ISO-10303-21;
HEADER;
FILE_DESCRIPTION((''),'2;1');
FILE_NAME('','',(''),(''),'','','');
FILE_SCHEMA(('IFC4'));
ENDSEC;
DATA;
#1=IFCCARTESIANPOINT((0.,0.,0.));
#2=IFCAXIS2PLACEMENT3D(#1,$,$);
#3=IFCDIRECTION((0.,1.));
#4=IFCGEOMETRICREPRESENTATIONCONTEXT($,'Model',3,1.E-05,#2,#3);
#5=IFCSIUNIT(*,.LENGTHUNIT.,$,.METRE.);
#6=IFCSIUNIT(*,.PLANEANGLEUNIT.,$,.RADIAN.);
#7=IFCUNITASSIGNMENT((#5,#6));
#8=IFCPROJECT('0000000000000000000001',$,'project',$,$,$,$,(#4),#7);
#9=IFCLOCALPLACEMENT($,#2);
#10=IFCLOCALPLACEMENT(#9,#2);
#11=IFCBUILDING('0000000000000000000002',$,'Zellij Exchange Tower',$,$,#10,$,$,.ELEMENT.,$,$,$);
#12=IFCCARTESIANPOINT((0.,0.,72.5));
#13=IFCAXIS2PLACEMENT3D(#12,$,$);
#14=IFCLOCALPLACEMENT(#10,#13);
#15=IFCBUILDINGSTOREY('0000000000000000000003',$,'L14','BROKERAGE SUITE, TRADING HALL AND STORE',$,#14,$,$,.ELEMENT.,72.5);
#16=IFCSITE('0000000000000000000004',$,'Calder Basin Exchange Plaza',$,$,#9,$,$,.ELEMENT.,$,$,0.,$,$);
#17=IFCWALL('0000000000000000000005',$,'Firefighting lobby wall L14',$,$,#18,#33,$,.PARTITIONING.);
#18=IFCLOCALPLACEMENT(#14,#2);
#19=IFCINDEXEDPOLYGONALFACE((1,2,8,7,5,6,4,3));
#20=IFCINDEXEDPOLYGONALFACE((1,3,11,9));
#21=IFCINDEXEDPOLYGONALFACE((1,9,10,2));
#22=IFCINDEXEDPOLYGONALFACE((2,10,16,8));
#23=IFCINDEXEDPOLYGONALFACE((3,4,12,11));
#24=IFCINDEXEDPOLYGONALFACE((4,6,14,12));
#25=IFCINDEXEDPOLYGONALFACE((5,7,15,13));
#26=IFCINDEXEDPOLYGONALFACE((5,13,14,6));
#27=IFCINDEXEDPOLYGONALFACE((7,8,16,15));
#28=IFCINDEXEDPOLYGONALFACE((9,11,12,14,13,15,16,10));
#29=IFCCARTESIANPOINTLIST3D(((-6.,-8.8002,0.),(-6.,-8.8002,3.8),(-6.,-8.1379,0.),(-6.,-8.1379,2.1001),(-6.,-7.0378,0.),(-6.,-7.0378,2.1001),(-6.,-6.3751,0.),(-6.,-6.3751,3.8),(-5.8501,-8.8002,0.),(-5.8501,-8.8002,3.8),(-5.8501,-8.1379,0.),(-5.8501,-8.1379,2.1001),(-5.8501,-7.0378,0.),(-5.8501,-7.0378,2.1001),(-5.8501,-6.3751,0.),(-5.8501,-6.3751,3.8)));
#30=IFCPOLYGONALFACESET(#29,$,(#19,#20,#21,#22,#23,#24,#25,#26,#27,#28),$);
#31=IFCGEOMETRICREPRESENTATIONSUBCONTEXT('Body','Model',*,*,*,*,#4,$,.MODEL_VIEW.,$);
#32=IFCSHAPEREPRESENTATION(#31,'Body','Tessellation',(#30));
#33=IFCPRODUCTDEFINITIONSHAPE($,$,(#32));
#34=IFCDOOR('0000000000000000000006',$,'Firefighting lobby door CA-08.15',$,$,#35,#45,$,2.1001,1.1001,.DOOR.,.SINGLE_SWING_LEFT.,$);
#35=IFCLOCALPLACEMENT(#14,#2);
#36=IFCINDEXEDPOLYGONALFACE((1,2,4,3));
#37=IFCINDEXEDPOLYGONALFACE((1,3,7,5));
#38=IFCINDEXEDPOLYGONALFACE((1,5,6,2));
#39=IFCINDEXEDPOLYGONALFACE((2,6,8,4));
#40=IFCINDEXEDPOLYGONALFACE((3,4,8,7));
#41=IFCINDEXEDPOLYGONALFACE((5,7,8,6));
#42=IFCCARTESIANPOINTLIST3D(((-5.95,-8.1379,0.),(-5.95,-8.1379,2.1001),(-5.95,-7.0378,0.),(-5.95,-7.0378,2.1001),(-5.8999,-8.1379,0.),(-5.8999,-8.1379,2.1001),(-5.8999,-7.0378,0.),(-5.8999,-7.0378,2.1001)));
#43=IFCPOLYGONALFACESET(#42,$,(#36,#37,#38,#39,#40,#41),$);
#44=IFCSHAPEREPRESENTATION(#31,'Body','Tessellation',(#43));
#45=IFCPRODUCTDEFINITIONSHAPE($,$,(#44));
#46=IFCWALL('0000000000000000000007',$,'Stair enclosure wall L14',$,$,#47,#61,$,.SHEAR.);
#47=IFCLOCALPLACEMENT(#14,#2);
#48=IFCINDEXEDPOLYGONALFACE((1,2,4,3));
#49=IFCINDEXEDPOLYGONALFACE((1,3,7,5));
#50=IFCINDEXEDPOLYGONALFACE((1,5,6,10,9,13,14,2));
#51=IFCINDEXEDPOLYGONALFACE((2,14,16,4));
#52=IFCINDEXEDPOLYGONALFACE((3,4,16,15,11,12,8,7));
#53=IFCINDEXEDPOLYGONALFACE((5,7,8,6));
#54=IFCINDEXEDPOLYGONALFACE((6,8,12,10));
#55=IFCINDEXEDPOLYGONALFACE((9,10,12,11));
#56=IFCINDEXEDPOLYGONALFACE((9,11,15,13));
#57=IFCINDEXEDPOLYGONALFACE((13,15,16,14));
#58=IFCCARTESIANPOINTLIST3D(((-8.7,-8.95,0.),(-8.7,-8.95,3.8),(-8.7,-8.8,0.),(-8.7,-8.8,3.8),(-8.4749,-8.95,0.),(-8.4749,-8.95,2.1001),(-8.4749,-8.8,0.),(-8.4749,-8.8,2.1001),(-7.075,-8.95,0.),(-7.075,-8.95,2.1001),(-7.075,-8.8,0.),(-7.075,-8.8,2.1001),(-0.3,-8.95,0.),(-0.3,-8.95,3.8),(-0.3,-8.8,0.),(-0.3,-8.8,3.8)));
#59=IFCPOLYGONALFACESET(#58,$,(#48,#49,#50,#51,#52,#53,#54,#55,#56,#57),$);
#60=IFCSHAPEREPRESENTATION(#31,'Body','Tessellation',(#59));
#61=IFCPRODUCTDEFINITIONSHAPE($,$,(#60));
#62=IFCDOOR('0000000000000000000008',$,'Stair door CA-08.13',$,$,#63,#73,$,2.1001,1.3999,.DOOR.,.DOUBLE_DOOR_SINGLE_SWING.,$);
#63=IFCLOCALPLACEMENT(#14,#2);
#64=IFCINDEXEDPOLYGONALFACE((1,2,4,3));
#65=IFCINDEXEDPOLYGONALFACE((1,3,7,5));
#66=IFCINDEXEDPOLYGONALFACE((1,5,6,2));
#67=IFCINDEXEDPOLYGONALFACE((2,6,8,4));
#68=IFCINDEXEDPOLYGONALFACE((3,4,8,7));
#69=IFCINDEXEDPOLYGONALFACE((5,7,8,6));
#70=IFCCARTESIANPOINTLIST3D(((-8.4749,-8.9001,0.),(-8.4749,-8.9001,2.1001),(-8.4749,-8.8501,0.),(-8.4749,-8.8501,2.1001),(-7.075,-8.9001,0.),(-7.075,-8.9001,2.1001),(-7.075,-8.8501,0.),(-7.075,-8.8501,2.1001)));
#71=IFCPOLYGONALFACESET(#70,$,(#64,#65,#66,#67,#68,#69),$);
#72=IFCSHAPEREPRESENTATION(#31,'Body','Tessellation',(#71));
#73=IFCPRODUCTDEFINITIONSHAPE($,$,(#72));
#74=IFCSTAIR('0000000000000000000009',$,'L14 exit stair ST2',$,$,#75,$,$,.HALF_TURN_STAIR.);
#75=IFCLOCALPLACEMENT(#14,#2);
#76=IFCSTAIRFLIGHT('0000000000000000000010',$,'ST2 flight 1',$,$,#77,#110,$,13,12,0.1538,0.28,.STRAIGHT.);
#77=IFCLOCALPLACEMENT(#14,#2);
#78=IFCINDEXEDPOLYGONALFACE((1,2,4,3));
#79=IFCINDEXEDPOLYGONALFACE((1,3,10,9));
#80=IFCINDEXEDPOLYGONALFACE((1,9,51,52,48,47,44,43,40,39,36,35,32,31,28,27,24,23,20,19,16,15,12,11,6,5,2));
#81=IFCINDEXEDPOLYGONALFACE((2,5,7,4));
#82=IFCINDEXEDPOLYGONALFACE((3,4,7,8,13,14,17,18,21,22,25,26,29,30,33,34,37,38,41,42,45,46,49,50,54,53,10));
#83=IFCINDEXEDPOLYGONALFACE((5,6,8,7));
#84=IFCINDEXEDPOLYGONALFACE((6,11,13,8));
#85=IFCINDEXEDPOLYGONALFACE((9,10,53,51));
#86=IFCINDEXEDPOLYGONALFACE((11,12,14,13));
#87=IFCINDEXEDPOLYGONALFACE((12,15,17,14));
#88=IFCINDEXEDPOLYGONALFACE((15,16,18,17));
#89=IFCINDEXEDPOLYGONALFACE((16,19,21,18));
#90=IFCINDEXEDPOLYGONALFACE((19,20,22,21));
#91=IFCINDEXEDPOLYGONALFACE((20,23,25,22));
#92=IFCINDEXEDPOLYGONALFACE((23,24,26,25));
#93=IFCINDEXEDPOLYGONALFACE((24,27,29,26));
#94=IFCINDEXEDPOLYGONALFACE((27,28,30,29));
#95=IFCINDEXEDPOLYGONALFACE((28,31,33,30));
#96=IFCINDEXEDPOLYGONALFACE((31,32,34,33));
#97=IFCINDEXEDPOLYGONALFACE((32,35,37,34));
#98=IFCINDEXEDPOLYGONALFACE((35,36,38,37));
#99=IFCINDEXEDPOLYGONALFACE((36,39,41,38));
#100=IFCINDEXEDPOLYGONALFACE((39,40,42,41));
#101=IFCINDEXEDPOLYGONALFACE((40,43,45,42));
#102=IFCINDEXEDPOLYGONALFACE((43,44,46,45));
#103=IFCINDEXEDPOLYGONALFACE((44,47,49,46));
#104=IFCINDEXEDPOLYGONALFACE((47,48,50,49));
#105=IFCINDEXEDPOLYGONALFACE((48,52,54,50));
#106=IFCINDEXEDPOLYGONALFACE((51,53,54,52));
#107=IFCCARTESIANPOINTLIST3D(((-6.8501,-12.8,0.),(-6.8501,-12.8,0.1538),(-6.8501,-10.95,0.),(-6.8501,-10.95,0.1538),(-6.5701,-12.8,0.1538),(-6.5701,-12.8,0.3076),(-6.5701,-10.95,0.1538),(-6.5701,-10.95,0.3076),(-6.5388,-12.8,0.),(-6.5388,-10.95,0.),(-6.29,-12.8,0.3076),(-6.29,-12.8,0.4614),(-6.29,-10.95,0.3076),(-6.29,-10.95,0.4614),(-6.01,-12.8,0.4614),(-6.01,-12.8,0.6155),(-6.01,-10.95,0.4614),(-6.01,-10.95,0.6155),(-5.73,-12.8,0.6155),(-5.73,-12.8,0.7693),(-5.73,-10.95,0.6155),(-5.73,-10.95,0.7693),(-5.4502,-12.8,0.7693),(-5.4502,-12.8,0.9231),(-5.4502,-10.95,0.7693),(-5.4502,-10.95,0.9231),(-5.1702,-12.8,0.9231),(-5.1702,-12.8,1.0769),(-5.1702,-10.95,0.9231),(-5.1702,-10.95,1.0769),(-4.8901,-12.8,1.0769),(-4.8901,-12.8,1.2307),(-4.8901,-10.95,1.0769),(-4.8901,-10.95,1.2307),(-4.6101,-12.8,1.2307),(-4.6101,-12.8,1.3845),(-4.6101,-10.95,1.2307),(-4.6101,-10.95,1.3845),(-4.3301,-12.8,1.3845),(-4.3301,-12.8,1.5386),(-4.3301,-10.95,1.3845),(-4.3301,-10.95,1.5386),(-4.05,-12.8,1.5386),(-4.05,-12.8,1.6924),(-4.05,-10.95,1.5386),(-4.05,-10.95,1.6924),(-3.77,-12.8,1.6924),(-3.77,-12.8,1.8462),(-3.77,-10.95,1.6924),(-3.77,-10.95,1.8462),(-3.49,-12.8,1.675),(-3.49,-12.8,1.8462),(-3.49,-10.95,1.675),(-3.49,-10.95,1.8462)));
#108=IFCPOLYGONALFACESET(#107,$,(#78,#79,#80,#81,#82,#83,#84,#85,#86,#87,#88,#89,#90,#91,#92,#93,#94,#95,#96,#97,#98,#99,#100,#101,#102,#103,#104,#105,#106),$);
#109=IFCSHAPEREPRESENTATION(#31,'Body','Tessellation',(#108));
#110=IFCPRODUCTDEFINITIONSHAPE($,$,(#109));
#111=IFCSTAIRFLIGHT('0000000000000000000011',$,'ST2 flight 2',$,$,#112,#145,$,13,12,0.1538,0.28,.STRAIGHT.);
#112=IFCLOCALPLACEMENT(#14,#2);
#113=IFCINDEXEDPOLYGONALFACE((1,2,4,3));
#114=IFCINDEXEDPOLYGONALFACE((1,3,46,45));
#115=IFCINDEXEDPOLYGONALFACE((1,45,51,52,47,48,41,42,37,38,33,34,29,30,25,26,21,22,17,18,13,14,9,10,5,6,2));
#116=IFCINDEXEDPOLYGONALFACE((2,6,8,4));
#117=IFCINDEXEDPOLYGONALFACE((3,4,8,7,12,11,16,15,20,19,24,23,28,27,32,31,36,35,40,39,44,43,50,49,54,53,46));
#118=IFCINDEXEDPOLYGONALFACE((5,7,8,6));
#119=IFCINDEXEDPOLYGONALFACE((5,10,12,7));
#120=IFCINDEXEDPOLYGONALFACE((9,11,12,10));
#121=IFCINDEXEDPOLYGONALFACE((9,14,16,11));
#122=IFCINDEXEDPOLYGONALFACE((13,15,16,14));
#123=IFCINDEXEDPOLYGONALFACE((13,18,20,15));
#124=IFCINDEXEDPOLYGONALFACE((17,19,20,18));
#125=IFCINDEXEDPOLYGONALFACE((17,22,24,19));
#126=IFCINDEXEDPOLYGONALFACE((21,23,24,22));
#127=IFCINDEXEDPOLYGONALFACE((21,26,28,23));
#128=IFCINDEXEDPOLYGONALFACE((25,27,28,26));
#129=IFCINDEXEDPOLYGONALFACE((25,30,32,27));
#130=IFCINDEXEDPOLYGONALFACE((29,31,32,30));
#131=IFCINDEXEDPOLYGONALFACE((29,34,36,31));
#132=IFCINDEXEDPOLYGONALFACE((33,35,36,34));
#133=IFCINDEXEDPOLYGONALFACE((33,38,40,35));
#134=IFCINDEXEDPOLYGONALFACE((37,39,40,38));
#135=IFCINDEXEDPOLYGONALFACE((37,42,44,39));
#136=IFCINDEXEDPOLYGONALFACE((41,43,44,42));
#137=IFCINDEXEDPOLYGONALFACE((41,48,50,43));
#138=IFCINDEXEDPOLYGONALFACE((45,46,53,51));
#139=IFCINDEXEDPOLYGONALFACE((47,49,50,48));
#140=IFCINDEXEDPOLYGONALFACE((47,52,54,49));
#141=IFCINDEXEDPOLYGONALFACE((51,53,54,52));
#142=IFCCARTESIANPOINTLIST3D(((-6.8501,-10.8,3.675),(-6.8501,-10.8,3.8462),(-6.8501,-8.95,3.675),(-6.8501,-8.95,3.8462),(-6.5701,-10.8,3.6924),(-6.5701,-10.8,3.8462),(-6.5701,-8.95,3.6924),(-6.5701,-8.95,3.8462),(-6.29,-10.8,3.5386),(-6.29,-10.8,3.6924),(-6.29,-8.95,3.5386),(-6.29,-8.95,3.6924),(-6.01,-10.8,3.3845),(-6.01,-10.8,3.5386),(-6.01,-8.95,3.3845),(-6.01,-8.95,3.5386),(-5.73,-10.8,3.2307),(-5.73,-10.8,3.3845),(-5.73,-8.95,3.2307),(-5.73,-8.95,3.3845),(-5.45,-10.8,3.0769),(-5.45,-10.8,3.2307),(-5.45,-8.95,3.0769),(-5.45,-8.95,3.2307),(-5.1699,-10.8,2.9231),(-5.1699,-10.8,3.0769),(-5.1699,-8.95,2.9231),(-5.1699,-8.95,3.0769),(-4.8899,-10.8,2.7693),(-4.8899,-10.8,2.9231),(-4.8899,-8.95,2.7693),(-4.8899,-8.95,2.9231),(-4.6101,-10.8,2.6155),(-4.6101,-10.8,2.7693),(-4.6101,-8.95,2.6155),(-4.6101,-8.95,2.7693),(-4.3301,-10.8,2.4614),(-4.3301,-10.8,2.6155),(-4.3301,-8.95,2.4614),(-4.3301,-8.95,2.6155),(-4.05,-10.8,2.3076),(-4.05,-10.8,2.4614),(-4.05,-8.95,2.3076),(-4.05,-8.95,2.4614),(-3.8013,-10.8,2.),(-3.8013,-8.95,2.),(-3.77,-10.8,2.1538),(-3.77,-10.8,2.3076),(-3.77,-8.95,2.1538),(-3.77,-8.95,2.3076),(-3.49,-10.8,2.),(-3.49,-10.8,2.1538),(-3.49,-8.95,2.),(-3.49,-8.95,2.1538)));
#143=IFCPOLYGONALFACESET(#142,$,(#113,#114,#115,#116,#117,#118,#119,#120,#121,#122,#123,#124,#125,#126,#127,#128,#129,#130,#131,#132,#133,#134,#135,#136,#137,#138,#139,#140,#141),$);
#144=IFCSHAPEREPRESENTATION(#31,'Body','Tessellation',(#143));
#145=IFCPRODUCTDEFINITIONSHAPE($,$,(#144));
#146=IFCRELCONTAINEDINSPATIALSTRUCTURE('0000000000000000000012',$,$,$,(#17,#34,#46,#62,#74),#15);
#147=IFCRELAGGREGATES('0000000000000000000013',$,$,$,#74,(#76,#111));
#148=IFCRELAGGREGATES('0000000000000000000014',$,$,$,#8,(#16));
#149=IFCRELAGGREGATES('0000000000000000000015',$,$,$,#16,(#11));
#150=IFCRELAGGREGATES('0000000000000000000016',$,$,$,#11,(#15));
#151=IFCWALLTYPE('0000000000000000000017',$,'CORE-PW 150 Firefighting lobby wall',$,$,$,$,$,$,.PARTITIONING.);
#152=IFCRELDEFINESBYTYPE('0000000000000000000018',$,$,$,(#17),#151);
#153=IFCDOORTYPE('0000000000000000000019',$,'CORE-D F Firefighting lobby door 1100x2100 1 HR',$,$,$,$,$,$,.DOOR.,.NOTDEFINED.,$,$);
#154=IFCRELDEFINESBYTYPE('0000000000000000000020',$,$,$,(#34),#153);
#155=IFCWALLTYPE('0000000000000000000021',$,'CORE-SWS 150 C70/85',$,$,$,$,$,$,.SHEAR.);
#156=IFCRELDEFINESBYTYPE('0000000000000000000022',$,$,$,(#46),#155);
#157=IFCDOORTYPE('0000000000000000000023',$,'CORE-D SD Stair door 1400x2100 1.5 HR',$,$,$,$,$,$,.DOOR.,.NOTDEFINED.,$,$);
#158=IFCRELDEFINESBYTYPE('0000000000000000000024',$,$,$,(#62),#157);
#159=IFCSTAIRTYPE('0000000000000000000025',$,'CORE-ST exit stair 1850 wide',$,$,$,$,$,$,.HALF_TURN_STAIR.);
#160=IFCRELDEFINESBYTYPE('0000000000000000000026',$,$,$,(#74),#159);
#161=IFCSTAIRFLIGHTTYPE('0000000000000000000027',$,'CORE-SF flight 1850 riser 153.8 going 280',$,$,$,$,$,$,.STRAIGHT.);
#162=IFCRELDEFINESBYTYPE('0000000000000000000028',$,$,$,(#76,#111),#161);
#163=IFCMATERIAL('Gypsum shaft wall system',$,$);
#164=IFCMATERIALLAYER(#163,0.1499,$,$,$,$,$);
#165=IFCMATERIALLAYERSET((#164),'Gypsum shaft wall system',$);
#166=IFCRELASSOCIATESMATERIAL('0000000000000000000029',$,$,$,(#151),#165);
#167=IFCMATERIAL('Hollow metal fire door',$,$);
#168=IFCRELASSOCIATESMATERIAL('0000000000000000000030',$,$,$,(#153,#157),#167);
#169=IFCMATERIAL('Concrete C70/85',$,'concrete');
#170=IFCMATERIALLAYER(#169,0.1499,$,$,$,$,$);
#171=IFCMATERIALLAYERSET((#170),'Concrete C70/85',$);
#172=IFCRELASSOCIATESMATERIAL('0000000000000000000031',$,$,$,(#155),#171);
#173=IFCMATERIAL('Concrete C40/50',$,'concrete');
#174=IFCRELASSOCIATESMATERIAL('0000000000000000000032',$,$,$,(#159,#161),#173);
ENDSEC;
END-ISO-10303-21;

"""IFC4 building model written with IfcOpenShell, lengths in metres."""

from ifc_helpers import new_model, si_unit, direction, frame, frame_2d, origin, place, context, subcontext, project, spatial, polyline, rectangle, outline, extrude, material, layer, layer_set, type_object, element, fill, aggregate, save


model = new_model("IFC4")

# Units and contexts
model_context = context("Model", 3, precision=1e-05, world=origin(), true_north=direction((0.0, 1.0)))
body_context = subcontext(model_context, "Body", "Model", "MODEL_VIEW")
ifc_project = project(units=[si_unit("LENGTHUNIT", "METRE"), si_unit("PLANEANGLEUNIT", "RADIAN")], contexts=[model_context])

# Site, building, storey
site_placement = place(None, origin())
site = spatial("IfcSite", under=ifc_project, at=site_placement, Name="Calder Basin Exchange Plaza", CompositionType="ELEMENT", RefElevation=0.0)
building_placement = place(site_placement, origin())
building = spatial("IfcBuilding", under=site, at=building_placement, Name="Zellij Exchange Tower", CompositionType="ELEMENT")
storey_placement = place(building_placement, frame((0.0, 0.0, 72.5)))
storey = spatial("IfcBuildingStorey", under=building, at=storey_placement, Name="L14", Description="BROKERAGE SUITE, TRADING HALL AND STORE", CompositionType="ELEMENT", Elevation=72.5)

# Shared definitions
ifc_material_1 = material(Name="Concrete C70/85", Category="concrete")

# Walls, openings, doors
ifc_material_2 = material(Name="Gypsum shaft wall system")
ifc_layer_1 = layer(ifc_material_2, 0.1499)
ifc_layer_set_1 = layer_set([ifc_layer_1], Name="Gypsum shaft wall system")
wall_type_1 = type_object("IfcWallType", Name="CORE-PW 150 Firefighting lobby wall", PredefinedType="PARTITIONING", material=ifc_layer_set_1)
wall_1_placement = place(storey_placement, frame((-5.925, -8.8, 0.0), z_axis=(0.0, 0.0, 1.0), x_axis=(0.0, 1.0, 0.0)))
wall_1 = element("IfcWall", 1, at=wall_1_placement, inside=storey, type_object=wall_type_1, Name="Firefighting lobby wall L14", PredefinedType="PARTITIONING", context=body_context, shape_type="SweptSolid", body=[
    extrude(rectangle(XDim=2.425, YDim=0.1499, at=frame_2d((1.2124, 0.0))), origin(), (0.0, 0.0, 1.0), 3.8),
])
opening_1_placement = place(wall_1_placement, frame((0.6621, 0.0, 0.0)))
opening_1 = element("IfcOpeningElement", 2, at=opening_1_placement, cuts=wall_1, PredefinedType="OPENING", context=body_context, shape_type="SweptSolid", body=[
    extrude(rectangle(XDim=1.1001, YDim=2.1001, at=frame_2d((0.55, 1.05))), frame((0.0, 0.0869, 0.0), z_axis=(0.0, -1.0, 0.0), x_axis=(1.0, 0.0, 0.0)), (0.0, 0.0, 1.0), 0.1738),
])
ifc_material_3 = material(Name="Hollow metal fire door")
door_type_1 = type_object("IfcDoorType", Name="CORE-D F Firefighting lobby door 1100x2100 1 HR", OperationType="NOTDEFINED", PredefinedType="DOOR", material=ifc_material_3)
door_1_placement = place(opening_1_placement, origin())
door_1 = element("IfcDoor", 3, at=door_1_placement, inside=storey, type_object=door_type_1, Name="Firefighting lobby door CA-08.15", OperationType="SINGLE_SWING_LEFT", OverallHeight=2.1001, OverallWidth=1.1001, PredefinedType="DOOR", context=body_context, shape_type="SweptSolid", body=[
    extrude(rectangle(XDim=1.1001, YDim=2.1001, at=frame_2d((0.55, 1.05))), frame((0.0, 0.0249, 0.0), z_axis=(0.0, -1.0, 0.0), x_axis=(1.0, 0.0, 0.0)), (0.0, 0.0, 1.0), 0.05),
])
fill(opening_1, door_1)
ifc_layer_2 = layer(ifc_material_1, 0.1499)
ifc_layer_set_2 = layer_set([ifc_layer_2], Name="Concrete C70/85")
wall_type_2 = type_object("IfcWallType", Name="CORE-SWS 150 C70/85", PredefinedType="SHEAR", material=ifc_layer_set_2)
wall_2_placement = place(storey_placement, frame((-8.7, -8.875, 0.0), z_axis=(0.0, 0.0, 1.0), x_axis=(1.0, 0.0, 0.0)))
wall_2 = element("IfcWall", 4, at=wall_2_placement, inside=storey, type_object=wall_type_2, Name="Stair enclosure wall L14", PredefinedType="SHEAR", context=body_context, shape_type="SweptSolid", body=[
    extrude(rectangle(XDim=8.3999, YDim=0.1499, at=frame_2d((4.2, 0.0))), origin(), (0.0, 0.0, 1.0), 3.8),
])
opening_2_placement = place(wall_2_placement, frame((0.2251, 0.0, 0.0)))
opening_2 = element("IfcOpeningElement", 5, at=opening_2_placement, cuts=wall_2, PredefinedType="OPENING", context=body_context, shape_type="SweptSolid", body=[
    extrude(rectangle(XDim=1.3999, YDim=2.1001, at=frame_2d((0.7, 1.05))), frame((0.0, 0.0869, 0.0), z_axis=(0.0, -1.0, 0.0), x_axis=(1.0, 0.0, 0.0)), (0.0, 0.0, 1.0), 0.1738),
])
door_type_2 = type_object("IfcDoorType", Name="CORE-D SD Stair door 1400x2100 1.5 HR", OperationType="NOTDEFINED", PredefinedType="DOOR", material=ifc_material_3)
door_2_placement = place(opening_2_placement, origin())
door_2 = element("IfcDoor", 6, at=door_2_placement, inside=storey, type_object=door_type_2, Name="Stair door CA-08.13", OperationType="DOUBLE_DOOR_SINGLE_SWING", OverallHeight=2.1001, OverallWidth=1.3999, PredefinedType="DOOR", context=body_context, shape_type="SweptSolid", body=[
    extrude(rectangle(XDim=1.3999, YDim=2.1001, at=frame_2d((0.7, 1.05))), frame((0.0, 0.0249, 0.0), z_axis=(0.0, -1.0, 0.0), x_axis=(1.0, 0.0, 0.0)), (0.0, 0.0, 1.0), 0.05),
])
fill(opening_2, door_2)

# Stair, stair flights
ifc_material_4 = material(Name="Concrete C40/50", Category="concrete")
stair_type = type_object("IfcStairType", Name="CORE-ST exit stair 1850 wide", PredefinedType="HALF_TURN_STAIR", material=ifc_material_4)
stair_placement = place(storey_placement, origin())
stair = element("IfcStair", 7, at=stair_placement, inside=storey, type_object=stair_type, Name="L14 exit stair ST2", PredefinedType="HALF_TURN_STAIR")
stair_flight_type = type_object("IfcStairFlightType", Name="CORE-SF flight 1850 riser 153.8 going 280", PredefinedType="STRAIGHT", material=ifc_material_4)
stair_flight_1_placement = place(storey_placement, frame((-6.8501, -11.875, 0.0), z_axis=(0.0, 0.0, 1.0), x_axis=(1.0, 0.0, 0.0)))
stair_flight_1 = element("IfcStairFlight", 8, at=stair_flight_1_placement, type_object=stair_flight_type, Name="ST2 flight 1", NumberOfRisers=13, NumberOfTreads=12, PredefinedType="STRAIGHT", RiserHeight=0.1538, TreadLength=0.28, context=body_context, shape_type="SweptSolid", body=[
    extrude(outline(polyline([(0.0, 0.0), (0.0, 0.1538), (0.28, 0.1538), (0.28, 0.3076), (0.5601, 0.3076), (0.5601, 0.4614), (0.8401, 0.4614), (0.8401, 0.6155), (1.1201, 0.6155), (1.1201, 0.7693), (1.3999, 0.7693), (1.3999, 0.9231), (1.6799, 0.9231), (1.6799, 1.0769), (1.96, 1.0769), (1.96, 1.2307), (2.24, 1.2307), (2.24, 1.3845), (2.52, 1.3845), (2.52, 1.5386), (2.8, 1.5386), (2.8, 1.6924), (3.0801, 1.6924), (3.0801, 1.8462), (3.3601, 1.8462), (3.3601, 2.0), (3.3601, 1.675), (0.3113, 0.0), (0.0, 0.0)])), frame((0.0, 0.925, 0.0), z_axis=(0.0, -1.0, 0.0), x_axis=(1.0, 0.0, 0.0)), (0.0, 0.0, 1.0), 1.8501),
])
stair_flight_2_placement = place(storey_placement, frame((-3.49, -9.875, 2.0), z_axis=(0.0, 0.0, 1.0), x_axis=(-1.0, 0.0, 0.0)))
stair_flight_2 = element("IfcStairFlight", 9, at=stair_flight_2_placement, type_object=stair_flight_type, Name="ST2 flight 2", NumberOfRisers=13, NumberOfTreads=12, PredefinedType="STRAIGHT", RiserHeight=0.1538, TreadLength=0.28, context=body_context, shape_type="SweptSolid", body=[
    extrude(outline(polyline([(0.0, 0.0), (0.0, 0.1538), (0.28, 0.1538), (0.28, 0.3076), (0.5601, 0.3076), (0.5601, 0.4614), (0.8401, 0.4614), (0.8401, 0.6155), (1.1201, 0.6155), (1.1201, 0.7693), (1.3999, 0.7693), (1.3999, 0.9231), (1.6799, 0.9231), (1.6799, 1.0769), (1.96, 1.0769), (1.96, 1.2307), (2.24, 1.2307), (2.24, 1.3845), (2.52, 1.3845), (2.52, 1.5386), (2.8, 1.5386), (2.8, 1.6924), (3.0801, 1.6924), (3.0801, 1.8462), (3.3601, 1.8462), (3.3601, 2.0), (3.3601, 1.675), (0.3113, 0.0), (0.0, 0.0)])), frame((0.0, 0.925, 0.0), z_axis=(0.0, -1.0, 0.0), x_axis=(1.0, 0.0, 0.0)), (0.0, 0.0, 1.0), 1.8501),
])
aggregate(stair, [stair_flight_1, stair_flight_2])

save(model, "model.ifc")
